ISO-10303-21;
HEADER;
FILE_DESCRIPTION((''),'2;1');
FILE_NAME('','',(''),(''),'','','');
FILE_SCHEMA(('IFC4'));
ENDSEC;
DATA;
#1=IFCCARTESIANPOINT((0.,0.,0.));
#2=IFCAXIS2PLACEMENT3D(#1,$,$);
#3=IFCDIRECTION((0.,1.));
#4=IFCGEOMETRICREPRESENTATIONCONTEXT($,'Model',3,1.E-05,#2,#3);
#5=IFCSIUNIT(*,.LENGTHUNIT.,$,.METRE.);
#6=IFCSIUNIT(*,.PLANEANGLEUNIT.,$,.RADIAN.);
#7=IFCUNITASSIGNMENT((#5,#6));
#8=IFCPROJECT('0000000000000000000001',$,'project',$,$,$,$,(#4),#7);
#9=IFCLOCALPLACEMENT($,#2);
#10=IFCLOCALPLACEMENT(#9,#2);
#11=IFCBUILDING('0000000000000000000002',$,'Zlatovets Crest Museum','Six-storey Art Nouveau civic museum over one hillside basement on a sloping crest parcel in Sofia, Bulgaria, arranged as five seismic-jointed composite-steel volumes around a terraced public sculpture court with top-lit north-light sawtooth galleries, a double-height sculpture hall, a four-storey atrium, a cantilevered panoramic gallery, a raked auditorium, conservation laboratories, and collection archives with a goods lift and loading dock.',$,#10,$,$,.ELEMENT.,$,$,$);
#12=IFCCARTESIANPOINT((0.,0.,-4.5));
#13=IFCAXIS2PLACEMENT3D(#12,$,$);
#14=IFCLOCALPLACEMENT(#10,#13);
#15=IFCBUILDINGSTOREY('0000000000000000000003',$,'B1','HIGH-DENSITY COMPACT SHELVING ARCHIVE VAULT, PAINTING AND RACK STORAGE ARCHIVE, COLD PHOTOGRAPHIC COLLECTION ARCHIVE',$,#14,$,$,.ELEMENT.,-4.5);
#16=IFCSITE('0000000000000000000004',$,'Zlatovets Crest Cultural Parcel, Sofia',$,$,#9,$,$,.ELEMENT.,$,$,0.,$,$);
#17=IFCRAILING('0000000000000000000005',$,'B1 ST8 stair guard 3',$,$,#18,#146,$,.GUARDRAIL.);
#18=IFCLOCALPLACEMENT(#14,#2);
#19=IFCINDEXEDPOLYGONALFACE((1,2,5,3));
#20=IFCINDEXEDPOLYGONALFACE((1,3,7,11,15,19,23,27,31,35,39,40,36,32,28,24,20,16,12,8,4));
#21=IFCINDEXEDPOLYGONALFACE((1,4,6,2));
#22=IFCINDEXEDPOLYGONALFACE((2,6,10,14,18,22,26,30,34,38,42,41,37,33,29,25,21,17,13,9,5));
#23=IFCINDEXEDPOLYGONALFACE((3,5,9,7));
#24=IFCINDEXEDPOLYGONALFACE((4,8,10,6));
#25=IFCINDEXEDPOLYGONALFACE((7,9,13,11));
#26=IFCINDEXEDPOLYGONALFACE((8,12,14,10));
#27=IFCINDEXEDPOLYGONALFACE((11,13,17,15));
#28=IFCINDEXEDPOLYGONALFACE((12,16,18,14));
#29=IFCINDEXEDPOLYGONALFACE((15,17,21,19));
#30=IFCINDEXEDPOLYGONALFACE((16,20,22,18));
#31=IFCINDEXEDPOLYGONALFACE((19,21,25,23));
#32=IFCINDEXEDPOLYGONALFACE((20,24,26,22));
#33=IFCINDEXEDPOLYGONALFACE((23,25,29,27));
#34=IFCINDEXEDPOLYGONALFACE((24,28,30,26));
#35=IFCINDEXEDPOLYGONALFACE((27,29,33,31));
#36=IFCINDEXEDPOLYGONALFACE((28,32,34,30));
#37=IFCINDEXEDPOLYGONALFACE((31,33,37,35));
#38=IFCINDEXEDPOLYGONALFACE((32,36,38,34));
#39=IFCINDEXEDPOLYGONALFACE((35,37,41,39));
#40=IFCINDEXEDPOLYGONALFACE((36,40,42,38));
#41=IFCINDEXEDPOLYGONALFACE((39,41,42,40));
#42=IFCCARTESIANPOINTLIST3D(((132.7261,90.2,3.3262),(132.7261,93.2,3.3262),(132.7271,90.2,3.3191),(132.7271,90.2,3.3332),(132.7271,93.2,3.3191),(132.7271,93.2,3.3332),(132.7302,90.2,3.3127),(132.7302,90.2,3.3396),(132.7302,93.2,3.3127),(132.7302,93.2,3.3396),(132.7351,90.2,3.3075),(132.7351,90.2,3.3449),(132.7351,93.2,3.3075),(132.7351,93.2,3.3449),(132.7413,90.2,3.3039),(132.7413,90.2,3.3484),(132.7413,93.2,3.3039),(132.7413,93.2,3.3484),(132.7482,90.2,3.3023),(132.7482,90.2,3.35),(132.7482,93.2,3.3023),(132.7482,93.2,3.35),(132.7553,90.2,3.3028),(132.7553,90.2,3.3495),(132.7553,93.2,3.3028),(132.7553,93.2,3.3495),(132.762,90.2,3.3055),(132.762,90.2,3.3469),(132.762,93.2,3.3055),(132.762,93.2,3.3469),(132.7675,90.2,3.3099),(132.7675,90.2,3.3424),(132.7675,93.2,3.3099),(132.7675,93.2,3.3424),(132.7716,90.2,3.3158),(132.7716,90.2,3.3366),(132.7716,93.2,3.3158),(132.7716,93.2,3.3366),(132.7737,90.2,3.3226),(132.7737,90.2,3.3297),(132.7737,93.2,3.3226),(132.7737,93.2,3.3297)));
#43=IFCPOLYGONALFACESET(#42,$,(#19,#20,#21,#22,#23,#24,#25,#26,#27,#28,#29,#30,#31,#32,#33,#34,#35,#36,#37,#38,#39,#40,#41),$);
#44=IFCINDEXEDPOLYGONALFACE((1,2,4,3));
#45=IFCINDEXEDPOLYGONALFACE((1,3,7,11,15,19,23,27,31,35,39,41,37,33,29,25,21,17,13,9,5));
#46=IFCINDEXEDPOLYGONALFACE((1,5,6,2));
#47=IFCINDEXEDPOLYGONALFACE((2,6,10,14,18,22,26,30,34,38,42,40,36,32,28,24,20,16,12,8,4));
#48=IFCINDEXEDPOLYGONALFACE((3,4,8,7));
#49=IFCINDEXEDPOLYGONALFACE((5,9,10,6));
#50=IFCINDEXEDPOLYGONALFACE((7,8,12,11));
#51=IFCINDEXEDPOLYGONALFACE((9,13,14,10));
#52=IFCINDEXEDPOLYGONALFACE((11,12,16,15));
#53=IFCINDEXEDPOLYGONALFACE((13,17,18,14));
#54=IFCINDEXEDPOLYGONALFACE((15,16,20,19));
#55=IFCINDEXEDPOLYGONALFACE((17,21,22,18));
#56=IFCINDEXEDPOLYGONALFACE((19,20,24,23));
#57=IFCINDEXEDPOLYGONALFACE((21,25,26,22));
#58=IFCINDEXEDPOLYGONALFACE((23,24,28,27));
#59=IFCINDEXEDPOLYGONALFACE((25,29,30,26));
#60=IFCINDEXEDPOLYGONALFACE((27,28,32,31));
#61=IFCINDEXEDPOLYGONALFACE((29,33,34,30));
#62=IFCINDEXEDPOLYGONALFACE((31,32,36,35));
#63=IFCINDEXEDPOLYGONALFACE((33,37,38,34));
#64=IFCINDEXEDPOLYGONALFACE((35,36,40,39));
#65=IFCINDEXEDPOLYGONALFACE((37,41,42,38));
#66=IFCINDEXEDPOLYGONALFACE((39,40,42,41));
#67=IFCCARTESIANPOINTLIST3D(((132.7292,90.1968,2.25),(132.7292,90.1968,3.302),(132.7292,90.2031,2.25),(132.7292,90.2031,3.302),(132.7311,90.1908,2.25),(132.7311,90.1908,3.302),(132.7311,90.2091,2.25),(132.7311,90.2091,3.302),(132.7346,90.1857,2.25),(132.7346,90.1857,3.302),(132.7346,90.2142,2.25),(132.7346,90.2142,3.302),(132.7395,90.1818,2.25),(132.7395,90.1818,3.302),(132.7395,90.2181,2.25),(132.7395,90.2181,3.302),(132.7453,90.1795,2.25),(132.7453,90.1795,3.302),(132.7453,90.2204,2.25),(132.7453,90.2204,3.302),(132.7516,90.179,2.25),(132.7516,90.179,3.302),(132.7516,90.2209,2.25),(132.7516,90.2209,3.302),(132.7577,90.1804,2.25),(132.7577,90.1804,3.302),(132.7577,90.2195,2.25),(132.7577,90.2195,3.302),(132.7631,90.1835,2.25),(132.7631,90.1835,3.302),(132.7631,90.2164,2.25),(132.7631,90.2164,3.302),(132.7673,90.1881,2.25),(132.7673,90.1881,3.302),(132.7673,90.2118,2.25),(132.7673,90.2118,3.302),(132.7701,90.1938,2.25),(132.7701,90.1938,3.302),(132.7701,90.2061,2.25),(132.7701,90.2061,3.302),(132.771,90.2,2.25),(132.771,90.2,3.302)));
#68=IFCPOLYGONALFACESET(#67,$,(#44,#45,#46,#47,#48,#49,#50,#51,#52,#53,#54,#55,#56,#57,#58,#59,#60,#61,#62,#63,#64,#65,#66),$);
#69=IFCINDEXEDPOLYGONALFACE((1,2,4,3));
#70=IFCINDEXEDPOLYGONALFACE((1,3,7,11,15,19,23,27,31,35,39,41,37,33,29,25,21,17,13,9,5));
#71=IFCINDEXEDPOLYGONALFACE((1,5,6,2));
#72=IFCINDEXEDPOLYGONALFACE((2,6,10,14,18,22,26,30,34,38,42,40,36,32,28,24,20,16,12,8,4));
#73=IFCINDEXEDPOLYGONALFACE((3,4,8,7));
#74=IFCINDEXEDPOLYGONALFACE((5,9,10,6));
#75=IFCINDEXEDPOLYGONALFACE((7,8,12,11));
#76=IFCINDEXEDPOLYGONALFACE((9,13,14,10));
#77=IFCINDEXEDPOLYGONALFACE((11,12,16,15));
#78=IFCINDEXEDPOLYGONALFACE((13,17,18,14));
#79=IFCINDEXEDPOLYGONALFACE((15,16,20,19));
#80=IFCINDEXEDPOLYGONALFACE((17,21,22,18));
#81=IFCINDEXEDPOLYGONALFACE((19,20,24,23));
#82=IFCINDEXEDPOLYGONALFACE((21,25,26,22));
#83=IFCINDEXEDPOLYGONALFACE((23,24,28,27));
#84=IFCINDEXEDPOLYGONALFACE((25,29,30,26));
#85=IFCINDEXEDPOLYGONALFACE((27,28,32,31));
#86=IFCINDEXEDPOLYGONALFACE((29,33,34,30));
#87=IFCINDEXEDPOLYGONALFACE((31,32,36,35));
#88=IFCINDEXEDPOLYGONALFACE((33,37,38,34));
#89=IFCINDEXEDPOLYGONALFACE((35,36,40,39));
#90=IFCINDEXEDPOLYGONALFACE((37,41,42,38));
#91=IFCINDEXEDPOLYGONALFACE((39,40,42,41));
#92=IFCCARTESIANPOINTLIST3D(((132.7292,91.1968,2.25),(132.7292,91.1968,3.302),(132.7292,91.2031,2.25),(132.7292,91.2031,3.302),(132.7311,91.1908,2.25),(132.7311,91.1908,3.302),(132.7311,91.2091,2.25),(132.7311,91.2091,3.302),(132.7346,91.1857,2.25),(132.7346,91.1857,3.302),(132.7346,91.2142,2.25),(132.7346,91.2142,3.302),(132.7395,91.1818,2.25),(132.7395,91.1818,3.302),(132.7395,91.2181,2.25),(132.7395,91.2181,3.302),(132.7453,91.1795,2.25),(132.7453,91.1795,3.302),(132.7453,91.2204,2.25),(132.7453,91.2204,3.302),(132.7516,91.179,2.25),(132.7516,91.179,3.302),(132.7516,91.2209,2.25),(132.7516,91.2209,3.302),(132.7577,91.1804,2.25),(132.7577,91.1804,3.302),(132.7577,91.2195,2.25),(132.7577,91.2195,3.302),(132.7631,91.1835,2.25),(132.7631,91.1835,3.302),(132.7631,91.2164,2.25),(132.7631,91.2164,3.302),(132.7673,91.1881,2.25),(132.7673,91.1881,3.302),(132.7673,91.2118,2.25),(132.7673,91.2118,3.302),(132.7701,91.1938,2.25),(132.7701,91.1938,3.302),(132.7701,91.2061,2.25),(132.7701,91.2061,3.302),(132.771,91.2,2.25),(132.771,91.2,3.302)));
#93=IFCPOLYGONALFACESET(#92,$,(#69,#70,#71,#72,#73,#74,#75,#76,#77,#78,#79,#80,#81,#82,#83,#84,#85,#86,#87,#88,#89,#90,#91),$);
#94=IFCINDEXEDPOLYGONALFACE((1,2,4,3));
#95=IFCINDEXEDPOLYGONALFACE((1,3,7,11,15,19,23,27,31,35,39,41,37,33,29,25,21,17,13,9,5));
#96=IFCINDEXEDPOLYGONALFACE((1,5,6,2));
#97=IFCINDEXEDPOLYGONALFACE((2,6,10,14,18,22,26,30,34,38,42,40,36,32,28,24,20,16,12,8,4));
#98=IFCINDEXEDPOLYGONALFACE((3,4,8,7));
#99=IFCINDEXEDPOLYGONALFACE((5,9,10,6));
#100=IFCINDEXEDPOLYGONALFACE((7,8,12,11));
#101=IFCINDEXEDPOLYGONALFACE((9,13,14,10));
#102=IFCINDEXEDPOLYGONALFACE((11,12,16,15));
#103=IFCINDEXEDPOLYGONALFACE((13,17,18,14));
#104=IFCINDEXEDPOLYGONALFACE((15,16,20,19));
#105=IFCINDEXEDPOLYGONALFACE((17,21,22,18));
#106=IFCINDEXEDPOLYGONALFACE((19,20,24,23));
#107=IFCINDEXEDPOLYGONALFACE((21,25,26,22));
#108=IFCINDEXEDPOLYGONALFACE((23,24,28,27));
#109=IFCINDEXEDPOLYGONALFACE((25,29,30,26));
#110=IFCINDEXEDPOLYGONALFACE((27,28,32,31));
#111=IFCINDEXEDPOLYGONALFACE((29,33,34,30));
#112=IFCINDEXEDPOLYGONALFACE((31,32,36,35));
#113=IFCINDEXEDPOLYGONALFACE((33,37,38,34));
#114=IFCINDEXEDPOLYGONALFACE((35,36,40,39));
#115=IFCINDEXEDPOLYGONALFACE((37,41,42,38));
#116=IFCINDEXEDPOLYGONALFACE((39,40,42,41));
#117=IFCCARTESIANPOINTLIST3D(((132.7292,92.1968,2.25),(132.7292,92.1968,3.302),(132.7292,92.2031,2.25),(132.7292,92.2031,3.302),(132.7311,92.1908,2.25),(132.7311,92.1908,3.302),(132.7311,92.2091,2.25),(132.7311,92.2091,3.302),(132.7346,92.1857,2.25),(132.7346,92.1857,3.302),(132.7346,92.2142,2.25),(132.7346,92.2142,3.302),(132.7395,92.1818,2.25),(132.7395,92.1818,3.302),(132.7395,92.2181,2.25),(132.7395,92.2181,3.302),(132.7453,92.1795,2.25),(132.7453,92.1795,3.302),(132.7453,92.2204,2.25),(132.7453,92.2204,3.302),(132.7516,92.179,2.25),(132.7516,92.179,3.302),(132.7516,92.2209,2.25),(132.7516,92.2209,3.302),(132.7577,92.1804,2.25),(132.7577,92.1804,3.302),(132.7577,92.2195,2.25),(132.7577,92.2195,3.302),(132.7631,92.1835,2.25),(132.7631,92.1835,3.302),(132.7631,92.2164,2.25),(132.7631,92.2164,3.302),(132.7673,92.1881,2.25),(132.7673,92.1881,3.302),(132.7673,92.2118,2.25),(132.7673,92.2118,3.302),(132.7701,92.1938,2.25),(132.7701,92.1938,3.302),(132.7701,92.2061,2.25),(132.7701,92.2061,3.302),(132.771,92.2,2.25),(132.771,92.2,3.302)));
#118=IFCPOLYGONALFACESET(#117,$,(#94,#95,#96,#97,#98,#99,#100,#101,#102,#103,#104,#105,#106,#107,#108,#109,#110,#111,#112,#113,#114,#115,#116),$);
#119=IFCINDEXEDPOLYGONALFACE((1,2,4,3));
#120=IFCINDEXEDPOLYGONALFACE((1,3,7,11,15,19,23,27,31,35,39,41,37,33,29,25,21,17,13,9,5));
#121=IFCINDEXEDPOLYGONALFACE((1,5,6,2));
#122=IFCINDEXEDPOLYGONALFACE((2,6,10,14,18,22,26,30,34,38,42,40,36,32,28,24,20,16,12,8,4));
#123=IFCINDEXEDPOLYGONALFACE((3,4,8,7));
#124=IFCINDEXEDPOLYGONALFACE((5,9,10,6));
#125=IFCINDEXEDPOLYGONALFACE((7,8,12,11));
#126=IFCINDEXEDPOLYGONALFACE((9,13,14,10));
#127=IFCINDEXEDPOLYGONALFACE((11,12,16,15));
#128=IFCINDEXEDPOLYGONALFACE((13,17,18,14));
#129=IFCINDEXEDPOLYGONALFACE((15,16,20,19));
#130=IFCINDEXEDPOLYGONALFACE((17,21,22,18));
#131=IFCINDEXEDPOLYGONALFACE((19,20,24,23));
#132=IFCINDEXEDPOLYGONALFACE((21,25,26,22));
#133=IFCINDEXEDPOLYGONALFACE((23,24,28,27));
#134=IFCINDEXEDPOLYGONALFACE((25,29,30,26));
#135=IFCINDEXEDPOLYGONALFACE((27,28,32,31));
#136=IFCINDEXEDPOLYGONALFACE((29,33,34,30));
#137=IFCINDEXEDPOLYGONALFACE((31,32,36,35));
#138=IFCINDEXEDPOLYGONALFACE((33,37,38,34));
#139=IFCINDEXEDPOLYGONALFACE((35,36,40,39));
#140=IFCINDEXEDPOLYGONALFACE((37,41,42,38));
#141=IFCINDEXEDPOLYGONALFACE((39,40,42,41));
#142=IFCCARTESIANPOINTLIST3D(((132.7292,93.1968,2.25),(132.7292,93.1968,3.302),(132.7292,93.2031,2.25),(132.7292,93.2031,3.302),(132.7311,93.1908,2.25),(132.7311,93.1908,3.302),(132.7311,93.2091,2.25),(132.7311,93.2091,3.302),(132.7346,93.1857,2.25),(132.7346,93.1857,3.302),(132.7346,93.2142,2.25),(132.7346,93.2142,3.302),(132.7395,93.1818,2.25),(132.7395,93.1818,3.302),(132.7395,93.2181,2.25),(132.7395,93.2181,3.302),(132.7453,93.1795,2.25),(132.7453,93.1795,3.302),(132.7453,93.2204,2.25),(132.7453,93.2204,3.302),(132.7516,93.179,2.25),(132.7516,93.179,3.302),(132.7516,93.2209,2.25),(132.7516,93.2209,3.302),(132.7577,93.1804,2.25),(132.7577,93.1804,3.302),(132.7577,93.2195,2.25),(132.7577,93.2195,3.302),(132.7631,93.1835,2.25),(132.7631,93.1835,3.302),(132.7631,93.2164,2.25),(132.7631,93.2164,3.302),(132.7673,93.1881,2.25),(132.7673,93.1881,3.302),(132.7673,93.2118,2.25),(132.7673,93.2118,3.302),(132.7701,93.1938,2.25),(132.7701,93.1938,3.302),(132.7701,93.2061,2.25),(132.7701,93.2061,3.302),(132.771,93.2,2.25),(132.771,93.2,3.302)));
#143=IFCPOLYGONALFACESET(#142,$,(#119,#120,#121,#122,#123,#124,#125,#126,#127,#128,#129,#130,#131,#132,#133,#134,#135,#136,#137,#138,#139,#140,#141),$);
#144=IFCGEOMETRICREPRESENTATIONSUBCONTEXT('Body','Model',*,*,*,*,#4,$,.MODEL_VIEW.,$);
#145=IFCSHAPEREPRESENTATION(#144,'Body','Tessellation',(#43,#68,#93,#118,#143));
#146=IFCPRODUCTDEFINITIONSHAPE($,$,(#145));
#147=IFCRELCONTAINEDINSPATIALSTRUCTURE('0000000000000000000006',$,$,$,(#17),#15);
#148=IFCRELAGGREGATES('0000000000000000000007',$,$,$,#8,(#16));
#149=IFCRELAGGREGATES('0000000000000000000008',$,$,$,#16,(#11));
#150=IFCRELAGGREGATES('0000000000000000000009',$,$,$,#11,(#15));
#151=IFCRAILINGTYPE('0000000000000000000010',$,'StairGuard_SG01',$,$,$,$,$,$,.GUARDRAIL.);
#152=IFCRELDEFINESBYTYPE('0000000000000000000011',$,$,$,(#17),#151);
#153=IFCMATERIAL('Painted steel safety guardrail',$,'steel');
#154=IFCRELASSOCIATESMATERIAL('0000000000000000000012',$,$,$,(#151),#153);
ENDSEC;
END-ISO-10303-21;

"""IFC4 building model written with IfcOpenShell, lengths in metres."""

from ifc_helpers import new_model, si_unit, direction, frame, origin, origin_2d, place, context, subcontext, project, spatial, circle, extrude, material, type_object, element, save


model = new_model("IFC4")

# Units and contexts
model_context = context("Model", 3, precision=1e-05, world=origin(), true_north=direction((0.0, 1.0)))
body_context = subcontext(model_context, "Body", "Model", "MODEL_VIEW")
ifc_project = project(units=[si_unit("LENGTHUNIT", "METRE"), si_unit("PLANEANGLEUNIT", "RADIAN")], contexts=[model_context])

# Site, building, storey
site_placement = place(None, origin())
site = spatial("IfcSite", under=ifc_project, at=site_placement, Name="Zlatovets Crest Cultural Parcel, Sofia", CompositionType="ELEMENT", RefElevation=0.0)
building_placement = place(site_placement, origin())
building = spatial("IfcBuilding", under=site, at=building_placement, Name="Zlatovets Crest Museum", Description="Six-storey Art Nouveau civic museum over one hillside basement on a sloping crest parcel in Sofia, Bulgaria, arranged as five seismic-jointed composite-steel volumes around a terraced public sculpture court with top-lit north-light sawtooth galleries, a double-height sculpture hall, a four-storey atrium, a cantilevered panoramic gallery, a raked auditorium, conservation laboratories, and collection archives with a goods lift and loading dock.", CompositionType="ELEMENT")
storey_placement = place(building_placement, frame((0.0, 0.0, -4.5)))
storey = spatial("IfcBuildingStorey", under=building, at=storey_placement, Name="B1", Description="HIGH-DENSITY COMPACT SHELVING ARCHIVE VAULT, PAINTING AND RACK STORAGE ARCHIVE, COLD PHOTOGRAPHIC COLLECTION ARCHIVE", CompositionType="ELEMENT", Elevation=-4.5)

# Railing
ifc_material_1 = material(Name="Painted steel safety guardrail", Category="steel")
railing_type_1 = type_object("IfcRailingType", Name="StairGuard_SG01", PredefinedType="GUARDRAIL", material=ifc_material_1)
for number, where, name in (
    (1, (132.75, 90.2, 2.25), "B1 ST8 stair guard 3"),
):
    element("IfcRailing", number, at=place(storey_placement, frame(where)), inside=storey, type_object=railing_type_1, Name=name, PredefinedType="GUARDRAIL", context=body_context, shape_type="SweptSolid", body=[
        extrude(circle(Radius=0.0239, at=origin_2d()), frame((0.0, 0.0, 1.0762), z_axis=(0.0, 1.0, 0.0), x_axis=(-1.0, 0.0, 0.0)), (0.0, 0.0, 1.0), 3.0),
        extrude(circle(Radius=0.021, at=origin_2d()), origin(), (0.0, 0.0, 1.0), 1.052),
        extrude(circle(Radius=0.021, at=origin_2d()), frame((0.0, 1.0, 0.0)), (0.0, 0.0, 1.0), 1.052),
        extrude(circle(Radius=0.021, at=origin_2d()), frame((0.0, 2.0, 0.0)), (0.0, 0.0, 1.0), 1.052),
        extrude(circle(Radius=0.021, at=origin_2d()), frame((0.0, 3.0, 0.0)), (0.0, 0.0, 1.0), 1.052),
    ])

save(model, "model.ifc")
